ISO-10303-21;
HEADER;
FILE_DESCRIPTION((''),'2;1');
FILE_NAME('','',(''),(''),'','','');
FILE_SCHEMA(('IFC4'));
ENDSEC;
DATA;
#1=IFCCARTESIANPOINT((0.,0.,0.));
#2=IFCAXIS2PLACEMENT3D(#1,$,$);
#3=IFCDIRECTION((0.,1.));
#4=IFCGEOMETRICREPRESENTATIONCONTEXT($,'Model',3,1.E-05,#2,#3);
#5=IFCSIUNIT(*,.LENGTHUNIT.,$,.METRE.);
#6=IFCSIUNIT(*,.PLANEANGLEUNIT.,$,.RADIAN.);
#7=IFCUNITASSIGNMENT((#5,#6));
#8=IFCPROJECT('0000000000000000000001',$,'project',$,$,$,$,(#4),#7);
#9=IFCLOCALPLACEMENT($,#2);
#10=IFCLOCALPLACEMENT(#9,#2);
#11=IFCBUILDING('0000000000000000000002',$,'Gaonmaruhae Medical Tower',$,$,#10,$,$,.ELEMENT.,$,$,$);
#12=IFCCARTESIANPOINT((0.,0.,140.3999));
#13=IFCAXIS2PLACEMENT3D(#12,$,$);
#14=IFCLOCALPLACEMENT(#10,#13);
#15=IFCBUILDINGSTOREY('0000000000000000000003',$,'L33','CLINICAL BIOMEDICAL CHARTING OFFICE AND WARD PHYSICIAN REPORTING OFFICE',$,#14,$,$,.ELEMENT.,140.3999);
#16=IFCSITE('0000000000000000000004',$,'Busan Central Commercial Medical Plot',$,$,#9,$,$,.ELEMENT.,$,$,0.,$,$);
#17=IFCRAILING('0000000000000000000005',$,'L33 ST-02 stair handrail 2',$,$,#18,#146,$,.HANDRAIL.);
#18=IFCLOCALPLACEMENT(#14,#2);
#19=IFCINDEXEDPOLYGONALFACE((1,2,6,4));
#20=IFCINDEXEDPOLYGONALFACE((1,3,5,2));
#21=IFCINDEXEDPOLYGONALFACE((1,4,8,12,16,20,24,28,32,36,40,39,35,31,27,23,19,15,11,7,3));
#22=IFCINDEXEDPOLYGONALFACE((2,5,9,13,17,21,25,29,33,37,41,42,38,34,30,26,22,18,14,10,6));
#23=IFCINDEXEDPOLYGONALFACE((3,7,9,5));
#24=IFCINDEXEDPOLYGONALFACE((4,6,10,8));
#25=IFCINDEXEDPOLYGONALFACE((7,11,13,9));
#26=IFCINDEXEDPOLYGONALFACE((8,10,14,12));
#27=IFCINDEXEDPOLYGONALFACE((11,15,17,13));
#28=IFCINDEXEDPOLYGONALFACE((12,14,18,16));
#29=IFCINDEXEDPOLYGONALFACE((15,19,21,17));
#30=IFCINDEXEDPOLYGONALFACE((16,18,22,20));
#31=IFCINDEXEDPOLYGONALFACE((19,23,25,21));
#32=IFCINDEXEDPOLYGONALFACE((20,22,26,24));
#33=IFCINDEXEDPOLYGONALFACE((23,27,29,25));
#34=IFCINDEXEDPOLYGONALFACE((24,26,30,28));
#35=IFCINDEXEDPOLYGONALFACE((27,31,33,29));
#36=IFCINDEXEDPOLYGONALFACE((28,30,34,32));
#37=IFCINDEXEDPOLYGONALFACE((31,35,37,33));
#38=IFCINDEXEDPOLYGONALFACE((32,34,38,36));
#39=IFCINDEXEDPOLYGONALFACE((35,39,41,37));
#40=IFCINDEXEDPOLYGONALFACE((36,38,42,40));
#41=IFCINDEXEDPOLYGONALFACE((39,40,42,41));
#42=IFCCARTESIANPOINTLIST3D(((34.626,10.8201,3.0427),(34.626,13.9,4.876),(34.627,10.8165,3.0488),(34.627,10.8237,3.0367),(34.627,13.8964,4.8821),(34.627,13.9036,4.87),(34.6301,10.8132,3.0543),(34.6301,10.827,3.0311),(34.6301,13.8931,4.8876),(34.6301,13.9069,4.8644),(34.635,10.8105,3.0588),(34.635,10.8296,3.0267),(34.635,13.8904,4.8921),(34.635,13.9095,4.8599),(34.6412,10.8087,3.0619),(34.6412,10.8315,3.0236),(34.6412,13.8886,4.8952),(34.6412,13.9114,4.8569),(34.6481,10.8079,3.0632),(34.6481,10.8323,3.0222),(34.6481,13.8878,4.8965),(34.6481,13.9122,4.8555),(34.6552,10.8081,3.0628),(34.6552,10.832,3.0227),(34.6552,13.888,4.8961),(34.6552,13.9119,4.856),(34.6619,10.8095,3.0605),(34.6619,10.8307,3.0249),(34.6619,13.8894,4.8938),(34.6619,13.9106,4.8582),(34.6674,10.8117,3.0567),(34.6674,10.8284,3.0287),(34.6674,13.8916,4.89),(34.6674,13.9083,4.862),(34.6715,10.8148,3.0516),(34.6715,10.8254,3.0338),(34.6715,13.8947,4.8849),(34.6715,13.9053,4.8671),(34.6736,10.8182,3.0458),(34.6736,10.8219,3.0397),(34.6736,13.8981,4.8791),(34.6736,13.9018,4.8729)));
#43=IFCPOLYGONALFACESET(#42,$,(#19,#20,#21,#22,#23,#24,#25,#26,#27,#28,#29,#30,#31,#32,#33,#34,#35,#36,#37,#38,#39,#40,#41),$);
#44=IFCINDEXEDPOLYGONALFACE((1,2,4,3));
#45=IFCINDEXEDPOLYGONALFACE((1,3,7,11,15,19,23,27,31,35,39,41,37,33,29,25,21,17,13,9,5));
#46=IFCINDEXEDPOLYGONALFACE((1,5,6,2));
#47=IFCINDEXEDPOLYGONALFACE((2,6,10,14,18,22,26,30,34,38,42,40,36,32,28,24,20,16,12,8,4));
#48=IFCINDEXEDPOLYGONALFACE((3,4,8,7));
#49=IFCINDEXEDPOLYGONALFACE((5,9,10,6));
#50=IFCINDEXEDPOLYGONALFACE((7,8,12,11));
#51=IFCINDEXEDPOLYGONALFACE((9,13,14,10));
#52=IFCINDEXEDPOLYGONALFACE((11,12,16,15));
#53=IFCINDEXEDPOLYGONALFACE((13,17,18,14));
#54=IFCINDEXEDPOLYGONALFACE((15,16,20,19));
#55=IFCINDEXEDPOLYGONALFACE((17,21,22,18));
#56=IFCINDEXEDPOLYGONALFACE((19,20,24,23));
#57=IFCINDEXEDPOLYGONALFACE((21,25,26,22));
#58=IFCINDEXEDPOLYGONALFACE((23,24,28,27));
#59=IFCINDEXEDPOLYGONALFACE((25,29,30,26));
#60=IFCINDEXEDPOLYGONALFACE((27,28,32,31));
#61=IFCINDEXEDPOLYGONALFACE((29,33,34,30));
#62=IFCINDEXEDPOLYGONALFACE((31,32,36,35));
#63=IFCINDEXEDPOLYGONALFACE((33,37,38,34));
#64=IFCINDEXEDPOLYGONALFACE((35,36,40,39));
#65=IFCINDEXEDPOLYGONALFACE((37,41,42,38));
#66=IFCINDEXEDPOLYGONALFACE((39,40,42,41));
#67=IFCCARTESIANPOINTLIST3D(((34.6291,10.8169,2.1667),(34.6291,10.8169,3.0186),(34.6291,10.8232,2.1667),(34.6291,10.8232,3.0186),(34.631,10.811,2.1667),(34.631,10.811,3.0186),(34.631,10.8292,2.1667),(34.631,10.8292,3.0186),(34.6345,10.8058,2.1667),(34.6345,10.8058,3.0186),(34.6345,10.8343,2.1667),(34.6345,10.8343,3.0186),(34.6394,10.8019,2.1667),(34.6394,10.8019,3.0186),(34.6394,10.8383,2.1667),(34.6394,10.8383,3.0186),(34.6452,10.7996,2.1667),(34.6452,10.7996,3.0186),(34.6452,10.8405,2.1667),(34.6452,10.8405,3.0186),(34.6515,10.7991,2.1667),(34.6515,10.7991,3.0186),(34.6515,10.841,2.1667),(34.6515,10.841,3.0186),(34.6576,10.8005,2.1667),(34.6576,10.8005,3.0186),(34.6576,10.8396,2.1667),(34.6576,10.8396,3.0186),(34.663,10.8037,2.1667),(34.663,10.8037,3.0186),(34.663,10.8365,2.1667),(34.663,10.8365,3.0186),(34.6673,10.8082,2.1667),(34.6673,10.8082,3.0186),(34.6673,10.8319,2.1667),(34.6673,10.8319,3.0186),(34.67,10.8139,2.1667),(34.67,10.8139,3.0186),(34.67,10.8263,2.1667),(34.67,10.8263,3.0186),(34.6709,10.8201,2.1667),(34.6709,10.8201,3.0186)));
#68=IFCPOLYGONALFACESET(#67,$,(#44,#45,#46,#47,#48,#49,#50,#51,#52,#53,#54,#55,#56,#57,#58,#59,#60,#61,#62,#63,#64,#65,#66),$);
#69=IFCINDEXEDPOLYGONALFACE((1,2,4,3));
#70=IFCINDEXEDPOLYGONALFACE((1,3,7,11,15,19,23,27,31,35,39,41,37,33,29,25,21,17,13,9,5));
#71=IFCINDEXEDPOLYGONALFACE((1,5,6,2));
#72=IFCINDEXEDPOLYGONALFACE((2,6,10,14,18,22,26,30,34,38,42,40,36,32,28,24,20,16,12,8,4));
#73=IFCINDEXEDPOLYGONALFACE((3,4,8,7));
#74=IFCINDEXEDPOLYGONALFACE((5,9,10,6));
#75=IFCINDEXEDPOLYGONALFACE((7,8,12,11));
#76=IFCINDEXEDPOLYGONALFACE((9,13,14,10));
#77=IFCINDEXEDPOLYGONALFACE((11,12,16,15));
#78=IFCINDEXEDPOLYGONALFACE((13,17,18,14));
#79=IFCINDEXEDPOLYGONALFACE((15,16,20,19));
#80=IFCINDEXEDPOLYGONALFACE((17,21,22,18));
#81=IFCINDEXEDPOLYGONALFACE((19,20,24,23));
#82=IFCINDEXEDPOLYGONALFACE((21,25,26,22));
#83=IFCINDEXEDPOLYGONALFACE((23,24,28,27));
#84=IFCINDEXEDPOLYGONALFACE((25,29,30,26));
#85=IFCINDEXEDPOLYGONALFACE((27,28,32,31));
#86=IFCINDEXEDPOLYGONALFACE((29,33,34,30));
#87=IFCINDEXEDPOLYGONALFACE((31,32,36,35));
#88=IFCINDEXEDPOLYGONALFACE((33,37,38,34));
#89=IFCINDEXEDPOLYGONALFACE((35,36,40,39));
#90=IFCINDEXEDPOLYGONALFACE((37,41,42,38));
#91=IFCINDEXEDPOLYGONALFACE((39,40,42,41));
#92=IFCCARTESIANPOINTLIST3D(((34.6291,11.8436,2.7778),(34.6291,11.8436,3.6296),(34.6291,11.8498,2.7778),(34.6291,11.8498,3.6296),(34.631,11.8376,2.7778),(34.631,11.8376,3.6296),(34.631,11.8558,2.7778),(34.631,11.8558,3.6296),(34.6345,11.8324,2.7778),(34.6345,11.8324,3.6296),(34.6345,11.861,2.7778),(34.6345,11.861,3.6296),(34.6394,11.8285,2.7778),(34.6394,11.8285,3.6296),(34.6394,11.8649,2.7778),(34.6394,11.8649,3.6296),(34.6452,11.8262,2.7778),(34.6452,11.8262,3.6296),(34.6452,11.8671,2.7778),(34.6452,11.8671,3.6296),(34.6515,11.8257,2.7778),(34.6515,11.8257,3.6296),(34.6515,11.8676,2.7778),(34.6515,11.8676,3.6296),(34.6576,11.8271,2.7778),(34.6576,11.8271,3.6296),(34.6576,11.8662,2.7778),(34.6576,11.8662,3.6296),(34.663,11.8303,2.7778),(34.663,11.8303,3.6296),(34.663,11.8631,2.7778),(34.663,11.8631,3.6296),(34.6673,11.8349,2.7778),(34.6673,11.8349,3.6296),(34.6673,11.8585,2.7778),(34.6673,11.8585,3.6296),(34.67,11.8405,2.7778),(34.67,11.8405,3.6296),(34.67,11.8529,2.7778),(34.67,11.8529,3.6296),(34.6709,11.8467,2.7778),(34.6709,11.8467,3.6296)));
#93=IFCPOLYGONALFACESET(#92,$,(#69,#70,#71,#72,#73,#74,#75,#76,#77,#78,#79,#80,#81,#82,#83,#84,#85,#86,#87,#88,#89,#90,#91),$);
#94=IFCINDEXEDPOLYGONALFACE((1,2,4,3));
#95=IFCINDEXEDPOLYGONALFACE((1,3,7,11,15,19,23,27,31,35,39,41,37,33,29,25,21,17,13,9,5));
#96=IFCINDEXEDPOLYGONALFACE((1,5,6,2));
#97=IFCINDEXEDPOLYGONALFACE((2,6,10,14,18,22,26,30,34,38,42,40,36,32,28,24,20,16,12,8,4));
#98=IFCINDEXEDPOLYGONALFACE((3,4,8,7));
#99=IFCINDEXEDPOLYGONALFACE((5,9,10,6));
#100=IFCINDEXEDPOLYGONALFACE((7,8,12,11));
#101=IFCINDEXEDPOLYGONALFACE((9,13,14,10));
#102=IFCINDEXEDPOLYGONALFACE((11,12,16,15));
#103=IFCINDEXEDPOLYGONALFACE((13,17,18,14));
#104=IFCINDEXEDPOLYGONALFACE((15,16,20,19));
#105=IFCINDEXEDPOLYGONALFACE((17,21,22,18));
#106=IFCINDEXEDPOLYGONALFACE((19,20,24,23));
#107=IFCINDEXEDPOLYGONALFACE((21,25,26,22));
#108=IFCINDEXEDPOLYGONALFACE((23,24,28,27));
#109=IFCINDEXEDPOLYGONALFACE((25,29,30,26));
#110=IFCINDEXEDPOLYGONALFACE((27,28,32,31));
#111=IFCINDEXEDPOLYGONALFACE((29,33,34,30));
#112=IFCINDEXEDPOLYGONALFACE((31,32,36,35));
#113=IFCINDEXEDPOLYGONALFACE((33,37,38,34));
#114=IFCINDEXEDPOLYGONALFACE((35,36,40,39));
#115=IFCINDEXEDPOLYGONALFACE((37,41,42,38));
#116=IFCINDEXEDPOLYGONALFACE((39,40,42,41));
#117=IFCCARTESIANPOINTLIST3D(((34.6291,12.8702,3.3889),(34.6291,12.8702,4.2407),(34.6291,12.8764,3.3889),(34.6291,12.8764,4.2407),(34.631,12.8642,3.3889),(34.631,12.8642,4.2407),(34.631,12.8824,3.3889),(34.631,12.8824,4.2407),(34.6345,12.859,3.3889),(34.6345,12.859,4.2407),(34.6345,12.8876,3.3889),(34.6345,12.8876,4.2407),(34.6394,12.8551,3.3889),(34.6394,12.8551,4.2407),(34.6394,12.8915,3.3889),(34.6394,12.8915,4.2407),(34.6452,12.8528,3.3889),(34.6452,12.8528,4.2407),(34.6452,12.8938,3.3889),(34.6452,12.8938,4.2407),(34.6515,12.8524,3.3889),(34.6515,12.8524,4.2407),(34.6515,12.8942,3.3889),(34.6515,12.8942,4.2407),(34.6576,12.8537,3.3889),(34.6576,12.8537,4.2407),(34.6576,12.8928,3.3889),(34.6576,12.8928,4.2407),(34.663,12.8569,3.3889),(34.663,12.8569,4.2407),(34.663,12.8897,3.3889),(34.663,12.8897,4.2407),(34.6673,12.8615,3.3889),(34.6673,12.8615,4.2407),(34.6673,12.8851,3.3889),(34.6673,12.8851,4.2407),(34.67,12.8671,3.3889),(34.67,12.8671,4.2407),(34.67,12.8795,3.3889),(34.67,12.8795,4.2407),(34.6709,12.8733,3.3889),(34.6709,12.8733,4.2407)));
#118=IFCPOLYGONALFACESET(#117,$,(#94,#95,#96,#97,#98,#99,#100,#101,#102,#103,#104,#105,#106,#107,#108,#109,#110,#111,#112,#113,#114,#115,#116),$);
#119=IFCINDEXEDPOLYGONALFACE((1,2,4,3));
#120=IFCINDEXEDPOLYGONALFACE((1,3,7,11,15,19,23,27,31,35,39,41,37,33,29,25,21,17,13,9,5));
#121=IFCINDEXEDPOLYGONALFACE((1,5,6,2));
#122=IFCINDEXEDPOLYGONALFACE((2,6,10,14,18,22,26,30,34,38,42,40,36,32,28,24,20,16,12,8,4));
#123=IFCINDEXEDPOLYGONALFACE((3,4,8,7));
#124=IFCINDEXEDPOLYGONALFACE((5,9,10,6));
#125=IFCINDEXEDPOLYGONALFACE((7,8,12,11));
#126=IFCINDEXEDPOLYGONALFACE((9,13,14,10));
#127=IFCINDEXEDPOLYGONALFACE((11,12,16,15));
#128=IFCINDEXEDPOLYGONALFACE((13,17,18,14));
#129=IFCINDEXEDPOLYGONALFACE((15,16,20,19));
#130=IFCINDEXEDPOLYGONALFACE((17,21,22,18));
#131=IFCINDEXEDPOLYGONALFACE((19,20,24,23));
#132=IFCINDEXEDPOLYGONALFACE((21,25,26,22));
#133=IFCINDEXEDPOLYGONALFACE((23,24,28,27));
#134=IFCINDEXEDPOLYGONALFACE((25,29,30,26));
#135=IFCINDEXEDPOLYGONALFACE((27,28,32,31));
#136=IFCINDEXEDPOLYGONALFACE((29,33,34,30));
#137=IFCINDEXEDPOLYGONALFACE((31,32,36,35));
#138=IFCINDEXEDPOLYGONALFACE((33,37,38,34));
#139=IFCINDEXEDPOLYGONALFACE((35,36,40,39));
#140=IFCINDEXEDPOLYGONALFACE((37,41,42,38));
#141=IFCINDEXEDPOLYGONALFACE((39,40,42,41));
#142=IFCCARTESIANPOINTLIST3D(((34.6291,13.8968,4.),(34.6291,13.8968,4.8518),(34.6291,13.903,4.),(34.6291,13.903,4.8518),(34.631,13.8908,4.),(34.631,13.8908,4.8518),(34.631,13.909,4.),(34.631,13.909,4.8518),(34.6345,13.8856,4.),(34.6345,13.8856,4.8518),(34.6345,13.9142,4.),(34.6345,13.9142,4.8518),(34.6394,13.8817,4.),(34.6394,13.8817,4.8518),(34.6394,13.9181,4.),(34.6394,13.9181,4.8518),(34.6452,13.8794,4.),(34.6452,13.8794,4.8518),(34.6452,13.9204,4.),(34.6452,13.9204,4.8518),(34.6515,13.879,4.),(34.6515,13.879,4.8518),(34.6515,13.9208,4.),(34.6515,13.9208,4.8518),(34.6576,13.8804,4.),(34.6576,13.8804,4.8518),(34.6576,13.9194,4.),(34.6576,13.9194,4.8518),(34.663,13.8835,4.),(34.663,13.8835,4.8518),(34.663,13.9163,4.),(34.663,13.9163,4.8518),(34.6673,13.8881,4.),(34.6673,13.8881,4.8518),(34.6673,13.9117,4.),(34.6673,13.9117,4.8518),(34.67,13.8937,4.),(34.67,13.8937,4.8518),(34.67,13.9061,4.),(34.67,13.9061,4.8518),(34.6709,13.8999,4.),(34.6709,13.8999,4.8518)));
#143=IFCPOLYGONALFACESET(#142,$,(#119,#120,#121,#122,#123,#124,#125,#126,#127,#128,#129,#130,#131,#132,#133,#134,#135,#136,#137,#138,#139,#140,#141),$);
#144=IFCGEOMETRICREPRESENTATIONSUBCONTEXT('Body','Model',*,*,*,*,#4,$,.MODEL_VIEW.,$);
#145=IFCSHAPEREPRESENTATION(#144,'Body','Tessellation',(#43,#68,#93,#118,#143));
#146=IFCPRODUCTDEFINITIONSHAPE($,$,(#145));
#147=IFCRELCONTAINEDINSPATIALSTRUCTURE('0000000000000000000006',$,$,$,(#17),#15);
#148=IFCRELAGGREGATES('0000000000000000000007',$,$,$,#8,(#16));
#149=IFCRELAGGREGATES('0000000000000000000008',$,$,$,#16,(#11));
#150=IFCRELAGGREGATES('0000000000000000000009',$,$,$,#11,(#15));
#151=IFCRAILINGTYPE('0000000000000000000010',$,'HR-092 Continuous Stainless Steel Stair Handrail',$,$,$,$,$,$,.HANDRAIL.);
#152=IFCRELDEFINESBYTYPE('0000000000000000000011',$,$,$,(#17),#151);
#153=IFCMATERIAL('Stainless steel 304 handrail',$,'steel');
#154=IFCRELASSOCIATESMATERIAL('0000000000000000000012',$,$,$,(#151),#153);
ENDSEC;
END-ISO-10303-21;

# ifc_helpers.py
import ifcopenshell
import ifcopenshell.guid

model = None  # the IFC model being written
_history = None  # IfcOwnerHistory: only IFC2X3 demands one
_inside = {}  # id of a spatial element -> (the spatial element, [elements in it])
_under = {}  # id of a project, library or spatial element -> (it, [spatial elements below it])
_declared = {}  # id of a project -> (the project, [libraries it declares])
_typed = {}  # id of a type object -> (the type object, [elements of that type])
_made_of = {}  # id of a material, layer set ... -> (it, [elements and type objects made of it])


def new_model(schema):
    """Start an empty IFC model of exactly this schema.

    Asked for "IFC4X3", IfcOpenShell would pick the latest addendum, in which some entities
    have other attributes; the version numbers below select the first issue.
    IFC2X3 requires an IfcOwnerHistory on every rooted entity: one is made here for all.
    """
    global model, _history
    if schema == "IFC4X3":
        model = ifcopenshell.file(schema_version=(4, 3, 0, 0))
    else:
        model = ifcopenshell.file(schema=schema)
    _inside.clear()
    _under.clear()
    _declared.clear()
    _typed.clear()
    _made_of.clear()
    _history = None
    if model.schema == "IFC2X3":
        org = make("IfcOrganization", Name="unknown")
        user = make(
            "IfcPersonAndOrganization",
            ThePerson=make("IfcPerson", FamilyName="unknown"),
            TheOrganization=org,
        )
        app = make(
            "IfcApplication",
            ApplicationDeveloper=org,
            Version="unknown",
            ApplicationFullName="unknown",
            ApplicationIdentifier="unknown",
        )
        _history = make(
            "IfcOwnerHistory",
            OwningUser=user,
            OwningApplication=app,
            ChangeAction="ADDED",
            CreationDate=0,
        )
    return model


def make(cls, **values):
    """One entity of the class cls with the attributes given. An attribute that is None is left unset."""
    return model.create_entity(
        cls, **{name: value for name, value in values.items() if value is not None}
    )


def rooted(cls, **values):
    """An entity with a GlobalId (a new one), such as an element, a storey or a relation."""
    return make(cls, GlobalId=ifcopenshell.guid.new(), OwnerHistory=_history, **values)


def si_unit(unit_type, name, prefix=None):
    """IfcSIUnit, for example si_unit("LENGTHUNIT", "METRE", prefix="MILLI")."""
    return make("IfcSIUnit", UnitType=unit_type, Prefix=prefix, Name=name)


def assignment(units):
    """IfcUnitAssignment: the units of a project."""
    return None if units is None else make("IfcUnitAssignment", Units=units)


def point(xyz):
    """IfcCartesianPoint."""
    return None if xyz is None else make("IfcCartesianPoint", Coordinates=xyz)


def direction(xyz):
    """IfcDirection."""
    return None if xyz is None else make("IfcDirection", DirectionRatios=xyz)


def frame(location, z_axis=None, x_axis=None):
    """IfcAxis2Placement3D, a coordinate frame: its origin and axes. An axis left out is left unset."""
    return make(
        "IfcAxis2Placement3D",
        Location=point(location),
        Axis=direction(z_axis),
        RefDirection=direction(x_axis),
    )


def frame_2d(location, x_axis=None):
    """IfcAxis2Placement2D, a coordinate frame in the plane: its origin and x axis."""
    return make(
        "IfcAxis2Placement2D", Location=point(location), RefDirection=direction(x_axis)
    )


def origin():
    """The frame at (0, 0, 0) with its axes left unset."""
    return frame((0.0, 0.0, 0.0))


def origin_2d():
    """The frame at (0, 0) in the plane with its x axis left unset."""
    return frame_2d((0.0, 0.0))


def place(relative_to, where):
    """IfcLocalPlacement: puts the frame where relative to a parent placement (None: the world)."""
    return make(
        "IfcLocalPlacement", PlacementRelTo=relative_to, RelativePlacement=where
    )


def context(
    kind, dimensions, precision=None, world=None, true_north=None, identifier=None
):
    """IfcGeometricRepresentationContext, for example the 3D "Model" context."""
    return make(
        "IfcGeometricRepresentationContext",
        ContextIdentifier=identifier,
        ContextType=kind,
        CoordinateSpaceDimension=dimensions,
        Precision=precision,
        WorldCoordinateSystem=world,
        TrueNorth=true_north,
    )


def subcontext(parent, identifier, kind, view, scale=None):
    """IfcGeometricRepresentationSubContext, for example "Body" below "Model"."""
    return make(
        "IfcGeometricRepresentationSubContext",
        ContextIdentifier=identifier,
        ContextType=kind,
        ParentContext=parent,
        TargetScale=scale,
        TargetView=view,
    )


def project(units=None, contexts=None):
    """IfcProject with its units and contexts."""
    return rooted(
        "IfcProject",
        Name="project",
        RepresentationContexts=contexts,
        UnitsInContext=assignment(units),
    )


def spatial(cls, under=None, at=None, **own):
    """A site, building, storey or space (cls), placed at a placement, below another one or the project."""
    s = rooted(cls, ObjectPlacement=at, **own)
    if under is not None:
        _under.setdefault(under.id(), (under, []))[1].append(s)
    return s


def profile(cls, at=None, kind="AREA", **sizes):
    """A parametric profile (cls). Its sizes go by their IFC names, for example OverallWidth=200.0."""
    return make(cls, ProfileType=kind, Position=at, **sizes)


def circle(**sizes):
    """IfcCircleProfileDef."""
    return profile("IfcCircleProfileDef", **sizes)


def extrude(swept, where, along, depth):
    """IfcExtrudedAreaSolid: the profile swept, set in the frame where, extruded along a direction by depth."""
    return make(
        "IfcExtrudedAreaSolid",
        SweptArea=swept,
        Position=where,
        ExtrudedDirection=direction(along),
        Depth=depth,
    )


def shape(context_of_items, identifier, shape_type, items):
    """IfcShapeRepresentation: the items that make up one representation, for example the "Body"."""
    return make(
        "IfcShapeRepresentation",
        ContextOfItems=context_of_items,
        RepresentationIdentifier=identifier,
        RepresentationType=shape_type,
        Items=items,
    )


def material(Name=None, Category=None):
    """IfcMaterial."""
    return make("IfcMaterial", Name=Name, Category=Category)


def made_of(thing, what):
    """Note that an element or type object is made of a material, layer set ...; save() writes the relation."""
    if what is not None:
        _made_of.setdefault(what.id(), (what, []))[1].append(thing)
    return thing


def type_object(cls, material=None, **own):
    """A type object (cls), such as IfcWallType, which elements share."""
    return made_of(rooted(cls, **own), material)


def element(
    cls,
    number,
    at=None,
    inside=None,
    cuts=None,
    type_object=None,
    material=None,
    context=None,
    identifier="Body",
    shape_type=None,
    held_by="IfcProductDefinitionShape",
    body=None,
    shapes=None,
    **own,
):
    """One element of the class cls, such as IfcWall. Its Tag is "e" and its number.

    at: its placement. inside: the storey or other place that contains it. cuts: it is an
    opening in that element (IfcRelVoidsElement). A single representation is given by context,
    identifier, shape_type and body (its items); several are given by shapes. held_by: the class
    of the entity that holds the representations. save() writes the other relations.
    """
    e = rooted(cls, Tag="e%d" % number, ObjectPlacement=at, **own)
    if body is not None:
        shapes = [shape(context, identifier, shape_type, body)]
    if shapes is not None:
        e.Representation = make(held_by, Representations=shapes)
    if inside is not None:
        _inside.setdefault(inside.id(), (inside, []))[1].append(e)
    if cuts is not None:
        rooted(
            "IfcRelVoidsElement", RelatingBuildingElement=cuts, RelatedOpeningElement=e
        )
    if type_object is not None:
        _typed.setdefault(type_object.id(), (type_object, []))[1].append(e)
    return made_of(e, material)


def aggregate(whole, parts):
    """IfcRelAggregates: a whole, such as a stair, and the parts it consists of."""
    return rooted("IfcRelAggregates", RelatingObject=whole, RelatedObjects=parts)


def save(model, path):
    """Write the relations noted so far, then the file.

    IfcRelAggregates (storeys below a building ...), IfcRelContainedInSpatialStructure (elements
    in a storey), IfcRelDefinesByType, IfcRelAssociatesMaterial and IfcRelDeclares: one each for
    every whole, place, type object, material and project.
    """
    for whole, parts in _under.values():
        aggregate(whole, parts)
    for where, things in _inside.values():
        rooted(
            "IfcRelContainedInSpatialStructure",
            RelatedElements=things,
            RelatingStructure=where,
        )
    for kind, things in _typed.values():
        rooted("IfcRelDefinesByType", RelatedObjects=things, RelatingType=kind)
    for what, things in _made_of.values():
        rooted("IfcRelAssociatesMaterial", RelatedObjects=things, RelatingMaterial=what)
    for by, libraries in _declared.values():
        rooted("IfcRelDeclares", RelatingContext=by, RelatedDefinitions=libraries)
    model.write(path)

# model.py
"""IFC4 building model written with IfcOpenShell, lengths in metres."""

from ifc_helpers import new_model, si_unit, direction, frame, origin, origin_2d, place, context, subcontext, project, spatial, circle, extrude, material, type_object, element, save


model = new_model("IFC4")

# Units and contexts
model_context = context("Model", 3, precision=1e-05, world=origin(), true_north=direction((0.0, 1.0)))
body_context = subcontext(model_context, "Body", "Model", "MODEL_VIEW")
ifc_project = project(units=[si_unit("LENGTHUNIT", "METRE"), si_unit("PLANEANGLEUNIT", "RADIAN")], contexts=[model_context])

# Site, building, storey
site_placement = place(None, origin())
site = spatial("IfcSite", under=ifc_project, at=site_placement, Name="Busan Central Commercial Medical Plot", CompositionType="ELEMENT", RefElevation=0.0)
building_placement = place(site_placement, origin())
building = spatial("IfcBuilding", under=site, at=building_placement, Name="Gaonmaruhae Medical Tower", CompositionType="ELEMENT")
storey_placement = place(building_placement, frame((0.0, 0.0, 140.3999)))
storey = spatial("IfcBuildingStorey", under=building, at=storey_placement, Name="L33", Description="CLINICAL BIOMEDICAL CHARTING OFFICE AND WARD PHYSICIAN REPORTING OFFICE", CompositionType="ELEMENT", Elevation=140.3999)

# Railing
ifc_material_1 = material(Name="Stainless steel 304 handrail", Category="steel")
railing_type_1 = type_object("IfcRailingType", Name="HR-092 Continuous Stainless Steel Stair Handrail", PredefinedType="HANDRAIL", material=ifc_material_1)
railing_1_placement = place(storey_placement, frame((34.6499, 10.8201, 2.1667)))
element("IfcRailing", 1, at=railing_1_placement, inside=storey, type_object=railing_type_1, Name="L33 ST-02 stair handrail 2", PredefinedType="HANDRAIL", context=body_context, shape_type="SweptSolid", body=[
    extrude(circle(Radius=0.0239, at=origin_2d()), frame((0.0, 0.0, 0.876), z_axis=(0.0, 0.859291, 0.511487), x_axis=(-1.0, 0.0, 0.0)), (0.0, 0.0, 1.0), 3.5842),
    extrude(circle(Radius=0.021, at=origin_2d()), origin(), (0.0, 0.0, 1.0), 0.8518),
    extrude(circle(Radius=0.021, at=origin_2d()), frame((0.0, 1.0266, 0.6111)), (0.0, 0.0, 1.0), 0.8518),
    extrude(circle(Radius=0.021, at=origin_2d()), frame((0.0, 2.0532, 1.2222)), (0.0, 0.0, 1.0), 0.8518),
    extrude(circle(Radius=0.021, at=origin_2d()), frame((0.0, 3.0798, 1.8333)), (0.0, 0.0, 1.0), 0.8518),
])

save(model, "model.ifc")
